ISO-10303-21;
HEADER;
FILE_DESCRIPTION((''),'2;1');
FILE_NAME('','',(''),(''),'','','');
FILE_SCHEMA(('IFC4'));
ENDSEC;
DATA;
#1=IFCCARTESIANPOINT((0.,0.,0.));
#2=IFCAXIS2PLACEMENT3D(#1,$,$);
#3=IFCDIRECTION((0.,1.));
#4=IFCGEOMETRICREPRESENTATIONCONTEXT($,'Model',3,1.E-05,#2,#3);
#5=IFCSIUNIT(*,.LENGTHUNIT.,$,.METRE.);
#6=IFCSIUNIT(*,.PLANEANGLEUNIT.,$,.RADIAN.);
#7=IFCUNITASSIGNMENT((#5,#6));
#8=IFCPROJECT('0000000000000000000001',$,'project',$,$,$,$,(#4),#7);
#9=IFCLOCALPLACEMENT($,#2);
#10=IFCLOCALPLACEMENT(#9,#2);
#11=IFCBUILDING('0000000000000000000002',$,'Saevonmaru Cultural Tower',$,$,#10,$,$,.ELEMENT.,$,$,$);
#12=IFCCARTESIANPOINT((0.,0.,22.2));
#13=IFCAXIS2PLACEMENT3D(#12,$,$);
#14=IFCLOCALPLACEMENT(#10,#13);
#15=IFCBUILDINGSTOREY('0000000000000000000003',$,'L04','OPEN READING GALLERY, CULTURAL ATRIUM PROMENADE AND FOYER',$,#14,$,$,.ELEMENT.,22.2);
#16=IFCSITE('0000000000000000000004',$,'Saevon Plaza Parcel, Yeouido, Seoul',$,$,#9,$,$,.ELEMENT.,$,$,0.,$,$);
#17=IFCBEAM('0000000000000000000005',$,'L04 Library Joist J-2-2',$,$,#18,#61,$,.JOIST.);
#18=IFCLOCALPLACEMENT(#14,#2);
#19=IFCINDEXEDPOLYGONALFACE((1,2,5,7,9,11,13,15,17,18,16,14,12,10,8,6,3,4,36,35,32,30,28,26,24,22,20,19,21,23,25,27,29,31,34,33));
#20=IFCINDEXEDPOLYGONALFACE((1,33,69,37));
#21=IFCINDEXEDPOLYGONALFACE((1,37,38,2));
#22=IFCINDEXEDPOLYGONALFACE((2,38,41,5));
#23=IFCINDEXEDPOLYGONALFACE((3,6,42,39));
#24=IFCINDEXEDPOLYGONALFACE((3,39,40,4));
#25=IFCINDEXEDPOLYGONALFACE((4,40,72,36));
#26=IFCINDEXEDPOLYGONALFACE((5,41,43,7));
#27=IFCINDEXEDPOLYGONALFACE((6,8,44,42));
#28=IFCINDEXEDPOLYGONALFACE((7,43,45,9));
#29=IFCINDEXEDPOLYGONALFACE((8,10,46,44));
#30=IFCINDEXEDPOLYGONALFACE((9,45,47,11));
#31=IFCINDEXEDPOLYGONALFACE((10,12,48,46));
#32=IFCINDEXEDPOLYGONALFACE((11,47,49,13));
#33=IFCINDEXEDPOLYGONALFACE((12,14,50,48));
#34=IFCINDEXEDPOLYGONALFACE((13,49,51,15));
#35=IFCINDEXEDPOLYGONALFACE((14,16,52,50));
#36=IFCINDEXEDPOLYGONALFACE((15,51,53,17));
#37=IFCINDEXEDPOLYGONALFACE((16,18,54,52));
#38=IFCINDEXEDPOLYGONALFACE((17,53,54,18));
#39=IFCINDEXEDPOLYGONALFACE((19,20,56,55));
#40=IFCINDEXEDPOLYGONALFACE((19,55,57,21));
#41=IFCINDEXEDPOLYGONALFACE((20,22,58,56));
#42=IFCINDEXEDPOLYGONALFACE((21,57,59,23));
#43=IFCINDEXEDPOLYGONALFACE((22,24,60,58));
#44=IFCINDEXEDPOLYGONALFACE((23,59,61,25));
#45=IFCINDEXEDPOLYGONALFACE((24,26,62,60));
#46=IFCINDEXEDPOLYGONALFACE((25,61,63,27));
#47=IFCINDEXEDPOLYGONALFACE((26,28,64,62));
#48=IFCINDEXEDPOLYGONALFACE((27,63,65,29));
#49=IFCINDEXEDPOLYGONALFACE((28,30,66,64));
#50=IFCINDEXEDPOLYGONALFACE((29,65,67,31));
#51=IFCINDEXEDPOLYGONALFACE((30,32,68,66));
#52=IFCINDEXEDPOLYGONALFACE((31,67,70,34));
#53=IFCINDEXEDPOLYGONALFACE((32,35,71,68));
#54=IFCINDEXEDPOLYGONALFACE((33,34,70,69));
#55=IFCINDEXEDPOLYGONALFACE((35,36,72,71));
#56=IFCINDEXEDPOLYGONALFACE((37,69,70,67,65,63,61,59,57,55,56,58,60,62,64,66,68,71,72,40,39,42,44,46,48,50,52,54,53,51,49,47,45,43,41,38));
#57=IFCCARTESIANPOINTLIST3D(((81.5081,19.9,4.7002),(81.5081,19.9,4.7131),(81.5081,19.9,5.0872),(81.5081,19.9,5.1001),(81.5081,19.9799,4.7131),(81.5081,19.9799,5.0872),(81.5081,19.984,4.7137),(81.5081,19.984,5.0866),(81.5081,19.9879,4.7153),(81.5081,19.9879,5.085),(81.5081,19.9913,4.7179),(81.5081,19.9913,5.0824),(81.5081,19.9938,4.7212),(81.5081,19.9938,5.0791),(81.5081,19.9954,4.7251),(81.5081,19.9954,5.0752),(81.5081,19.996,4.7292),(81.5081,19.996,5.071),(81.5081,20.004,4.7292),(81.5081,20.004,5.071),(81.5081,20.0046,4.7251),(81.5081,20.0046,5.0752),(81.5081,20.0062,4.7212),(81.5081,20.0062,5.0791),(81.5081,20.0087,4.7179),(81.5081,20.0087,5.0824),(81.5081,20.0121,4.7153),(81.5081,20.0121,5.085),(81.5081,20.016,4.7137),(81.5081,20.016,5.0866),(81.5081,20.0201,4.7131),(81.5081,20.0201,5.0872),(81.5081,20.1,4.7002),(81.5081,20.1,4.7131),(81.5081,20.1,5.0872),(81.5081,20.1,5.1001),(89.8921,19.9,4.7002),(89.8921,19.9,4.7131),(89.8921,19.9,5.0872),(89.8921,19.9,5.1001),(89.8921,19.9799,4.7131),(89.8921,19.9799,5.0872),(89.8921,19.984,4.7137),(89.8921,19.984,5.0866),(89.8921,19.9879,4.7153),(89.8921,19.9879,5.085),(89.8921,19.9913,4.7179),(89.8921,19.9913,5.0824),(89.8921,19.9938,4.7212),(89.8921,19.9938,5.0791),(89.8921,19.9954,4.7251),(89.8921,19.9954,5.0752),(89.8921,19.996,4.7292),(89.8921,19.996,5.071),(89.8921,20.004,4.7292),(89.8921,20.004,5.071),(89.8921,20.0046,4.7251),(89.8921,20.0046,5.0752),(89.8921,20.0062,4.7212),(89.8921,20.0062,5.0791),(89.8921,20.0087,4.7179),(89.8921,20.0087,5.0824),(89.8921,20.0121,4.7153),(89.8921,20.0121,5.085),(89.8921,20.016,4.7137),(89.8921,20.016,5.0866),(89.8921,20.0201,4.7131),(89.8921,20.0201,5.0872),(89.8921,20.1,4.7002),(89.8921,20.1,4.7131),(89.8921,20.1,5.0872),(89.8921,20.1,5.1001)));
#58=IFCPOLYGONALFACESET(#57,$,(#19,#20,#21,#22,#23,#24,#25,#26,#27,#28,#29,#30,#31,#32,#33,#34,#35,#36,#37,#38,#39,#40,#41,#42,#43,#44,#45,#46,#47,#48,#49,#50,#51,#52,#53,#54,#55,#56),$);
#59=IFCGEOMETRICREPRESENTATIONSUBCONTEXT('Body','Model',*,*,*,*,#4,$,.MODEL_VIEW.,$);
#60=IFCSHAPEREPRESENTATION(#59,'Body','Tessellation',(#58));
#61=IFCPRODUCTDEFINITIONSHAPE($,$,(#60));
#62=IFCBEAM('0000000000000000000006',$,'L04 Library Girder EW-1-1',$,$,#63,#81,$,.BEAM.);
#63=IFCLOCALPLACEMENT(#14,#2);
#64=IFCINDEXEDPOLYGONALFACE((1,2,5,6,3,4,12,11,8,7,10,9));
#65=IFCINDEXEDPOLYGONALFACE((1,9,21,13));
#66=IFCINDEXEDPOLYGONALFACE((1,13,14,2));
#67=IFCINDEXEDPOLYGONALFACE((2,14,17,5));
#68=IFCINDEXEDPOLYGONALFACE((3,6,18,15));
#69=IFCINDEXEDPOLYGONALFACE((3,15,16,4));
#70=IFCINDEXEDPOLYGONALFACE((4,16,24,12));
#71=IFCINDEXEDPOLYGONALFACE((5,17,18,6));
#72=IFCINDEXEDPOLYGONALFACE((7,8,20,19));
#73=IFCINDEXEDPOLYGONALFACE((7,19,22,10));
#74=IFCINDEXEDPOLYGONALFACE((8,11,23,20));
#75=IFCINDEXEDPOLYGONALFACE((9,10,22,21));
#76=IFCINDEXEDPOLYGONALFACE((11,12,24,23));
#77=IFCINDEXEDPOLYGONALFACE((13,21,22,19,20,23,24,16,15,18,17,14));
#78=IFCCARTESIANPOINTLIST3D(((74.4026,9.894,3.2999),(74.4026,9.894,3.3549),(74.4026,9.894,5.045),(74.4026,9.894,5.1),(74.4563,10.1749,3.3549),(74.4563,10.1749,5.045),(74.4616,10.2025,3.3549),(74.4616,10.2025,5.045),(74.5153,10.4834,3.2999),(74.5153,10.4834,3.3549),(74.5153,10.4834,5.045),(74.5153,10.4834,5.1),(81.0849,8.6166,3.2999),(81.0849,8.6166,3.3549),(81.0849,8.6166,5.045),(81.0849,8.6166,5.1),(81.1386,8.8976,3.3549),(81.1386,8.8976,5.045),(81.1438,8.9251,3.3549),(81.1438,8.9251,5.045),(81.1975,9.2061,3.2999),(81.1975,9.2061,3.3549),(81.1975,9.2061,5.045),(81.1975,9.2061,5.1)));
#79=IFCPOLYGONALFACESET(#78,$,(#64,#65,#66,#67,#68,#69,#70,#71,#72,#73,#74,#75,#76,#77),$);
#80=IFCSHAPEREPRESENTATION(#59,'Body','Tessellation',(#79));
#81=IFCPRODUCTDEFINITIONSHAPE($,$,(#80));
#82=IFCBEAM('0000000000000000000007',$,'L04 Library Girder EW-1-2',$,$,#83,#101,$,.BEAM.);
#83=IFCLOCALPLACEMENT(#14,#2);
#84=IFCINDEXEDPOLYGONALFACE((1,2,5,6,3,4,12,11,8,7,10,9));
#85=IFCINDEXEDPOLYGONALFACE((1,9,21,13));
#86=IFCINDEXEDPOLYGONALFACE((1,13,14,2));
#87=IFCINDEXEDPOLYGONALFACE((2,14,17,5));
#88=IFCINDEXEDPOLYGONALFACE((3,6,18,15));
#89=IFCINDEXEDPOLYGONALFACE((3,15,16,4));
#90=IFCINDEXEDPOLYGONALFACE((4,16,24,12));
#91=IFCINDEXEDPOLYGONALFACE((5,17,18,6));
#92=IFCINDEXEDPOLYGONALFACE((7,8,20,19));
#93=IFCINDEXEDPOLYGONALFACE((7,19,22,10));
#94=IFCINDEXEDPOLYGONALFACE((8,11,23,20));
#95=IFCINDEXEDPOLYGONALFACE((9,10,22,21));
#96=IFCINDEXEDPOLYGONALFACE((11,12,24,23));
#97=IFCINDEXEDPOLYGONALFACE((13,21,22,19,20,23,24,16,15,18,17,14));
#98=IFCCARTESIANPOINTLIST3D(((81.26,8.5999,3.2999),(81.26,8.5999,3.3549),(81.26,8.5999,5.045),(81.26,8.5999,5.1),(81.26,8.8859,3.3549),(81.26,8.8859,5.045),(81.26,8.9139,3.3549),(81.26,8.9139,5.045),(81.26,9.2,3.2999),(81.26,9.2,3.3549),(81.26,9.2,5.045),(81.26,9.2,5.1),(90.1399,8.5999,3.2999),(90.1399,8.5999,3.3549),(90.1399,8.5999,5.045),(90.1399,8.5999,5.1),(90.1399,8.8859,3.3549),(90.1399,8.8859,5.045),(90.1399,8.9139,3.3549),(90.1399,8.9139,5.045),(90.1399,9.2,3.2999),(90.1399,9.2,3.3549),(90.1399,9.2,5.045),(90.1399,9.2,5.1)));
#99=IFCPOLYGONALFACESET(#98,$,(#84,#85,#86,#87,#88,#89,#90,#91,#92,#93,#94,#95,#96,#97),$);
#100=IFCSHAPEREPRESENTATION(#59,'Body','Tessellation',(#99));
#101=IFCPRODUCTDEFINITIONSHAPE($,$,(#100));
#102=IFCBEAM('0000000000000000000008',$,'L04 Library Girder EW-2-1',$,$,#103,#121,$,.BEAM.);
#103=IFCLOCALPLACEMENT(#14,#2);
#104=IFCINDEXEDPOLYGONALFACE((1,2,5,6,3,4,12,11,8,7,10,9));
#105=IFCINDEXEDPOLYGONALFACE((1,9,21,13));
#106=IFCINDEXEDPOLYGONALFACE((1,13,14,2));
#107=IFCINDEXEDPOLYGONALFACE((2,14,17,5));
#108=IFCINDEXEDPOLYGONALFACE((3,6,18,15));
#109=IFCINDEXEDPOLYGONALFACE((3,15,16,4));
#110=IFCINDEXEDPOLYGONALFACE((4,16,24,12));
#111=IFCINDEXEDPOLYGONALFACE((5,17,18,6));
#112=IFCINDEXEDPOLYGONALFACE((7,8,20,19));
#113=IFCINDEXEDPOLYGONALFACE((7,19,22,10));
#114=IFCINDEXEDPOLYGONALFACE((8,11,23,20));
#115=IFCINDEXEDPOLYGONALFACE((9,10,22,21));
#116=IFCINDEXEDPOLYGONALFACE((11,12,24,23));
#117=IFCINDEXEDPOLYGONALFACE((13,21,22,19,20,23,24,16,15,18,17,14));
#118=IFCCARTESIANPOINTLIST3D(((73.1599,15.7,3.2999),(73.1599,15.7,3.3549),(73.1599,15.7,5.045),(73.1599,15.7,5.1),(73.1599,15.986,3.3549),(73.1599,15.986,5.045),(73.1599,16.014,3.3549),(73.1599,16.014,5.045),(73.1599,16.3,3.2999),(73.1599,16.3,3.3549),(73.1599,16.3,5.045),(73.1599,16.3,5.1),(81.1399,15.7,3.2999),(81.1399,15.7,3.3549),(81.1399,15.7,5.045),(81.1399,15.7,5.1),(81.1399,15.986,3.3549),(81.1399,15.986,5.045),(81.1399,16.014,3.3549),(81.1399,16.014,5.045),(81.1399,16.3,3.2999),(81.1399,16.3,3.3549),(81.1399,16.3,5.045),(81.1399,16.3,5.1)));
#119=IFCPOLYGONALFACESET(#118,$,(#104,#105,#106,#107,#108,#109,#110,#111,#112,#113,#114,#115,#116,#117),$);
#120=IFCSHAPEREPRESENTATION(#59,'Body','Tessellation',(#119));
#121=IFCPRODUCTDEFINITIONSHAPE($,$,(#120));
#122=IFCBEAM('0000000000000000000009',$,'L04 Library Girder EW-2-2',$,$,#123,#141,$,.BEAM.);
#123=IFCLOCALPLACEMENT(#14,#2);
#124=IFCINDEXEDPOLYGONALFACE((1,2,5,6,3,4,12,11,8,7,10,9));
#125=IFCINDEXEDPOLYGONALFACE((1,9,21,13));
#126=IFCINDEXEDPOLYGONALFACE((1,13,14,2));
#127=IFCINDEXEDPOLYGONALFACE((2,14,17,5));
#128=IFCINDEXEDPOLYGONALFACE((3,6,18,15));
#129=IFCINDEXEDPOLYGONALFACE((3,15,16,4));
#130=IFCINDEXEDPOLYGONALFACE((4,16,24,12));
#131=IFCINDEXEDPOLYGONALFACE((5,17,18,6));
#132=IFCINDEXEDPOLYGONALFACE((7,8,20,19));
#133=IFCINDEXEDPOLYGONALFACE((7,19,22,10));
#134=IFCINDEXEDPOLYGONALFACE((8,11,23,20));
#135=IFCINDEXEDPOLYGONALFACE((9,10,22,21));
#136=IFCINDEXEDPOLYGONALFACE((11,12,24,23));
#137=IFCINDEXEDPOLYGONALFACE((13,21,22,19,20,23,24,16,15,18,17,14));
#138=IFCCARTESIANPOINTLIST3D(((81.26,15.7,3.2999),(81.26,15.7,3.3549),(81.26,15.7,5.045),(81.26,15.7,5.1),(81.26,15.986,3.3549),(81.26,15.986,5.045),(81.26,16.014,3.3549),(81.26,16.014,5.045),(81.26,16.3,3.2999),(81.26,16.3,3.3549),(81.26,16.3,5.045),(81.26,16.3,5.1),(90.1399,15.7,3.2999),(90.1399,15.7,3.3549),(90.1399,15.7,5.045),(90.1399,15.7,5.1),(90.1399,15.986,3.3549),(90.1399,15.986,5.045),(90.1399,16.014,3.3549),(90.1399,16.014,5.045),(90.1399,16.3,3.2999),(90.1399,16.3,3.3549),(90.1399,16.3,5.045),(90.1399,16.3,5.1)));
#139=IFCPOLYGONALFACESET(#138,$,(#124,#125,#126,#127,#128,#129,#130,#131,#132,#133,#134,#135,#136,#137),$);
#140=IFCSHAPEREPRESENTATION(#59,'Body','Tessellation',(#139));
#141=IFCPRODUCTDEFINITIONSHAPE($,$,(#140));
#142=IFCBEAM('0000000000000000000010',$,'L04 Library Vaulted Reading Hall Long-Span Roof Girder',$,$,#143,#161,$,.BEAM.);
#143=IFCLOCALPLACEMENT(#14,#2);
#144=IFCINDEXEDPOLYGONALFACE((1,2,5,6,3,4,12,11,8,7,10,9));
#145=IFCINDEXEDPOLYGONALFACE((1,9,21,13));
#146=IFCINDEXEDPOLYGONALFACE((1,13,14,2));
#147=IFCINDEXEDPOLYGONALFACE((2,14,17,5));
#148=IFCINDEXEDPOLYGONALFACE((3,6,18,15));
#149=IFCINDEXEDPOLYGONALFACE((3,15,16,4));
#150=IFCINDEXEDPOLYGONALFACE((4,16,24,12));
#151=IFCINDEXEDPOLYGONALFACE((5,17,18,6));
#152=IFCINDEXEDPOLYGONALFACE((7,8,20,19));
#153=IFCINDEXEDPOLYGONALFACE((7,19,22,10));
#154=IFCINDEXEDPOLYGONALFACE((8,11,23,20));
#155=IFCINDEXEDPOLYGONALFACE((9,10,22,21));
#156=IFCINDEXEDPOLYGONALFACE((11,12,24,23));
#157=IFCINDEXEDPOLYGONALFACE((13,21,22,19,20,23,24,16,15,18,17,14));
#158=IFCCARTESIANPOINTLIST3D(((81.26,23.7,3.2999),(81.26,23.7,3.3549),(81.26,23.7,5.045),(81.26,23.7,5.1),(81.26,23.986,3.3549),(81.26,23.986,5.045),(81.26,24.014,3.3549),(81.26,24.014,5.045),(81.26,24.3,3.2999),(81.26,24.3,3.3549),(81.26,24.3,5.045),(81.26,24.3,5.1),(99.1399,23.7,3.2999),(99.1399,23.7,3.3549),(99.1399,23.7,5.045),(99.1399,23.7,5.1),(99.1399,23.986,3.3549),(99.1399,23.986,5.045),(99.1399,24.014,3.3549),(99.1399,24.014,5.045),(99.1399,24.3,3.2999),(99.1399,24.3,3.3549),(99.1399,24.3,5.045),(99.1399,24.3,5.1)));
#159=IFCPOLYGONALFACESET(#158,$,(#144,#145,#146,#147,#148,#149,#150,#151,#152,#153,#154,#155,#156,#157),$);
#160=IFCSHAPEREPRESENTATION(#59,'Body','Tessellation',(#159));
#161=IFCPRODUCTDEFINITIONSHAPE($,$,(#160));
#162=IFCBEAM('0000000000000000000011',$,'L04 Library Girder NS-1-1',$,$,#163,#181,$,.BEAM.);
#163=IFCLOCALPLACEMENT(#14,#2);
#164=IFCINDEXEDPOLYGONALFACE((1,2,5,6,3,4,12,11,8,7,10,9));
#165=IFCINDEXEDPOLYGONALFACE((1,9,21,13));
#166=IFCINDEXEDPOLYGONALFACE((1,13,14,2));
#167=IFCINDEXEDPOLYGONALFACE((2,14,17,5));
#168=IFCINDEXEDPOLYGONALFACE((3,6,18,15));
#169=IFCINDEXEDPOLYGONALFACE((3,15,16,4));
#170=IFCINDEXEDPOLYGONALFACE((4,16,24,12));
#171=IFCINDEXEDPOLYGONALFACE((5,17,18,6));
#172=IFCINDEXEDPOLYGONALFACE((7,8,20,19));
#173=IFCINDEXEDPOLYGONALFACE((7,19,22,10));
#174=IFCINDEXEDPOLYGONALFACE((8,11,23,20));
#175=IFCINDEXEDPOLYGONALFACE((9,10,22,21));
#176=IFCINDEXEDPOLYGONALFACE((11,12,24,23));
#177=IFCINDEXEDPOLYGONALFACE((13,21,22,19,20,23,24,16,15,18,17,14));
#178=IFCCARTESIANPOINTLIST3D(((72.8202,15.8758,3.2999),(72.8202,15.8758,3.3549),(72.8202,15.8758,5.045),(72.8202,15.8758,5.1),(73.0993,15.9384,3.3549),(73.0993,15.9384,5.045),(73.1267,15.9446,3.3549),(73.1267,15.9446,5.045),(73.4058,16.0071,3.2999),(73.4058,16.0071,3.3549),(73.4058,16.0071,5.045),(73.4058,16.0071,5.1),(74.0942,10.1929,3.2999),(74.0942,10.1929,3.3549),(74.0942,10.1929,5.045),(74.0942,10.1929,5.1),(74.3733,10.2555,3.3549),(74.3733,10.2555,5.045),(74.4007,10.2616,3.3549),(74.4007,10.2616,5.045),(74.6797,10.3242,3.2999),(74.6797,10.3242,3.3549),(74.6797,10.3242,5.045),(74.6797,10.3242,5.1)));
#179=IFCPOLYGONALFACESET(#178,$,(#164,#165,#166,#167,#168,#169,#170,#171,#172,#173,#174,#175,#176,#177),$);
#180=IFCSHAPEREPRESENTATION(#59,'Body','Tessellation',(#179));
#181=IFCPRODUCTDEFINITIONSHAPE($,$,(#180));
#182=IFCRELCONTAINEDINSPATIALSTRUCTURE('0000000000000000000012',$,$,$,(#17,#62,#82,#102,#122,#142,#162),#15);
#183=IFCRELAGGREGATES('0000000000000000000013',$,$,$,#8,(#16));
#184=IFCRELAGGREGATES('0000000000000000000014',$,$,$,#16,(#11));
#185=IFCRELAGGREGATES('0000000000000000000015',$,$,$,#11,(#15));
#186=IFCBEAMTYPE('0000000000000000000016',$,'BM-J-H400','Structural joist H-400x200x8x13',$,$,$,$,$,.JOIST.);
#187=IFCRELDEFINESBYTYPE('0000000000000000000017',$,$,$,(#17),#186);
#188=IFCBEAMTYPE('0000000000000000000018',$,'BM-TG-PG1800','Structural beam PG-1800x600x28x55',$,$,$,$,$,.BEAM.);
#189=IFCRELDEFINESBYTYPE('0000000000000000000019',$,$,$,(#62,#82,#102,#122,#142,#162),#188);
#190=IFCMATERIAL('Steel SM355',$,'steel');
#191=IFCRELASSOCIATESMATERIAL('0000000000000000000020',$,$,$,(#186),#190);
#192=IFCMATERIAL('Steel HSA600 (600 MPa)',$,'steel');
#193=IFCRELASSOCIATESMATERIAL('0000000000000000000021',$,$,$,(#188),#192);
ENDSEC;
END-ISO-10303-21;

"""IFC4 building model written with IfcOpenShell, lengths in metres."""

from ifc_helpers import new_model, si_unit, direction, frame, origin, origin_2d, place, context, subcontext, project, spatial, i_section, extrude, material, material_profile, profile_set, type_object, element, save


model = new_model("IFC4")

# Units and contexts
model_context = context("Model", 3, precision=1e-05, world=origin(), true_north=direction((0.0, 1.0)))
body_context = subcontext(model_context, "Body", "Model", "MODEL_VIEW")
ifc_project = project(units=[si_unit("LENGTHUNIT", "METRE"), si_unit("PLANEANGLEUNIT", "RADIAN")], contexts=[model_context])

# Site, building, storey
site_placement = place(None, origin())
site = spatial("IfcSite", under=ifc_project, at=site_placement, Name="Saevon Plaza Parcel, Yeouido, Seoul", CompositionType="ELEMENT", RefElevation=0.0)
building_placement = place(site_placement, origin())
building = spatial("IfcBuilding", under=site, at=building_placement, Name="Saevonmaru Cultural Tower", CompositionType="ELEMENT")
storey_placement = place(building_placement, frame((0.0, 0.0, 22.2)))
storey = spatial("IfcBuildingStorey", under=building, at=storey_placement, Name="L04", Description="OPEN READING GALLERY, CULTURAL ATRIUM PROMENADE AND FOYER", CompositionType="ELEMENT", Elevation=22.2)

# Shared definitions
ifc_material_1 = material(Name="Steel SM355", Category="steel")

# Beams
ifc_material_profile_1 = material_profile(ifc_material_1, i_section(OverallWidth=0.2, OverallDepth=0.3999, WebThickness=0.0081, FlangeThickness=0.0129, FilletRadius=0.0161, at=origin_2d()), Name="H-400x200x8x13")
ifc_profile_set_1 = profile_set([ifc_material_profile_1], Name="Steel SM355")
beam_type_1 = type_object("IfcBeamType", Name="BM-J-H400", Description="Structural joist H-400x200x8x13", PredefinedType="JOIST", material=ifc_profile_set_1)
beam_1_placement = place(storey_placement, frame((81.5081, 20.0, 4.9001), z_axis=(1.0, 0.0, 0.0), x_axis=(0.0, 1.0, 0.0)))
element("IfcBeam", 1, at=beam_1_placement, inside=storey, type_object=beam_type_1, Name="L04 Library Joist J-2-2", PredefinedType="JOIST", context=body_context, shape_type="SweptSolid", body=[
    extrude(i_section(OverallWidth=0.2, OverallDepth=0.3999, WebThickness=0.0081, FlangeThickness=0.0129, FilletRadius=0.0161, at=origin_2d()), origin(), (0.0, 0.0, 1.0), 8.384),
])
ifc_material_2 = material(Name="Steel HSA600 (600 MPa)", Category="steel")
ifc_material_profile_2 = material_profile(ifc_material_2, i_section(OverallWidth=0.6001, OverallDepth=1.8, WebThickness=0.0281, FlangeThickness=0.0549, at=origin_2d()), Name="PG-1800x600x28x55")
ifc_profile_set_2 = profile_set([ifc_material_profile_2], Name="Steel HSA600 (600 MPa)")
beam_type_2 = type_object("IfcBeamType", Name="BM-TG-PG1800", Description="Structural beam PG-1800x600x28x55", PredefinedType="BEAM", material=ifc_profile_set_2)
beam_2_placement = place(storey_placement, frame((74.459, 10.1887, 4.2), z_axis=(0.982215, -0.187758, 0.0), x_axis=(0.187758, 0.982215, 0.0)))
element("IfcBeam", 2, at=beam_2_placement, inside=storey, type_object=beam_type_2, Name="L04 Library Girder EW-1-1", PredefinedType="BEAM", context=body_context, shape_type="SweptSolid", body=[
    extrude(i_section(OverallWidth=0.6001, OverallDepth=1.8, WebThickness=0.0281, FlangeThickness=0.0549, at=origin_2d()), origin(), (0.0, 0.0, 1.0), 6.8032),
])
beam_3_placement = place(storey_placement, frame((81.26, 8.8999, 4.2), z_axis=(1.0, 0.0, 0.0), x_axis=(0.0, 1.0, 0.0)))
element("IfcBeam", 3, at=beam_3_placement, inside=storey, type_object=beam_type_2, Name="L04 Library Girder EW-1-2", PredefinedType="BEAM", context=body_context, shape_type="SweptSolid", body=[
    extrude(i_section(OverallWidth=0.6001, OverallDepth=1.8, WebThickness=0.0281, FlangeThickness=0.0549, at=origin_2d()), origin(), (0.0, 0.0, 1.0), 8.8799),
])
beam_4_placement = place(storey_placement, frame((73.1599, 16.0, 4.2), z_axis=(1.0, 0.0, 0.0), x_axis=(0.0, 1.0, 0.0)))
element("IfcBeam", 4, at=beam_4_placement, inside=storey, type_object=beam_type_2, Name="L04 Library Girder EW-2-1", PredefinedType="BEAM", context=body_context, shape_type="SweptSolid", body=[
    extrude(i_section(OverallWidth=0.6001, OverallDepth=1.8, WebThickness=0.0281, FlangeThickness=0.0549, at=origin_2d()), origin(), (0.0, 0.0, 1.0), 7.98),
])
beam_5_placement = place(storey_placement, frame((81.26, 16.0, 4.2), z_axis=(1.0, 0.0, 0.0), x_axis=(0.0, 1.0, 0.0)))
element("IfcBeam", 5, at=beam_5_placement, inside=storey, type_object=beam_type_2, Name="L04 Library Girder EW-2-2", PredefinedType="BEAM", context=body_context, shape_type="SweptSolid", body=[
    extrude(i_section(OverallWidth=0.6001, OverallDepth=1.8, WebThickness=0.0281, FlangeThickness=0.0549, at=origin_2d()), origin(), (0.0, 0.0, 1.0), 8.8799),
])
beam_6_placement = place(storey_placement, frame((81.26, 24.0, 4.2), z_axis=(1.0, 0.0, 0.0), x_axis=(0.0, 1.0, 0.0)))
element("IfcBeam", 6, at=beam_6_placement, inside=storey, type_object=beam_type_2, Name="L04 Library Vaulted Reading Hall Long-Span Roof Girder", PredefinedType="BEAM", context=body_context, shape_type="SweptSolid", body=[
    extrude(i_section(OverallWidth=0.6001, OverallDepth=1.8, WebThickness=0.0281, FlangeThickness=0.0549, at=origin_2d()), origin(), (0.0, 0.0, 1.0), 17.8799),
])
beam_7_placement = place(storey_placement, frame((74.387, 10.2585, 4.2), z_axis=(-0.218741, 0.975783, 0.0), x_axis=(-0.975783, -0.218741, 0.0)))
element("IfcBeam", 7, at=beam_7_placement, inside=storey, type_object=beam_type_2, Name="L04 Library Girder NS-1-1", PredefinedType="BEAM", context=body_context, shape_type="SweptSolid", body=[
    extrude(i_section(OverallWidth=0.6001, OverallDepth=1.8, WebThickness=0.0281, FlangeThickness=0.0549, at=origin_2d()), origin(), (0.0, 0.0, 1.0), 5.824),
])

save(model, "model.ifc")
